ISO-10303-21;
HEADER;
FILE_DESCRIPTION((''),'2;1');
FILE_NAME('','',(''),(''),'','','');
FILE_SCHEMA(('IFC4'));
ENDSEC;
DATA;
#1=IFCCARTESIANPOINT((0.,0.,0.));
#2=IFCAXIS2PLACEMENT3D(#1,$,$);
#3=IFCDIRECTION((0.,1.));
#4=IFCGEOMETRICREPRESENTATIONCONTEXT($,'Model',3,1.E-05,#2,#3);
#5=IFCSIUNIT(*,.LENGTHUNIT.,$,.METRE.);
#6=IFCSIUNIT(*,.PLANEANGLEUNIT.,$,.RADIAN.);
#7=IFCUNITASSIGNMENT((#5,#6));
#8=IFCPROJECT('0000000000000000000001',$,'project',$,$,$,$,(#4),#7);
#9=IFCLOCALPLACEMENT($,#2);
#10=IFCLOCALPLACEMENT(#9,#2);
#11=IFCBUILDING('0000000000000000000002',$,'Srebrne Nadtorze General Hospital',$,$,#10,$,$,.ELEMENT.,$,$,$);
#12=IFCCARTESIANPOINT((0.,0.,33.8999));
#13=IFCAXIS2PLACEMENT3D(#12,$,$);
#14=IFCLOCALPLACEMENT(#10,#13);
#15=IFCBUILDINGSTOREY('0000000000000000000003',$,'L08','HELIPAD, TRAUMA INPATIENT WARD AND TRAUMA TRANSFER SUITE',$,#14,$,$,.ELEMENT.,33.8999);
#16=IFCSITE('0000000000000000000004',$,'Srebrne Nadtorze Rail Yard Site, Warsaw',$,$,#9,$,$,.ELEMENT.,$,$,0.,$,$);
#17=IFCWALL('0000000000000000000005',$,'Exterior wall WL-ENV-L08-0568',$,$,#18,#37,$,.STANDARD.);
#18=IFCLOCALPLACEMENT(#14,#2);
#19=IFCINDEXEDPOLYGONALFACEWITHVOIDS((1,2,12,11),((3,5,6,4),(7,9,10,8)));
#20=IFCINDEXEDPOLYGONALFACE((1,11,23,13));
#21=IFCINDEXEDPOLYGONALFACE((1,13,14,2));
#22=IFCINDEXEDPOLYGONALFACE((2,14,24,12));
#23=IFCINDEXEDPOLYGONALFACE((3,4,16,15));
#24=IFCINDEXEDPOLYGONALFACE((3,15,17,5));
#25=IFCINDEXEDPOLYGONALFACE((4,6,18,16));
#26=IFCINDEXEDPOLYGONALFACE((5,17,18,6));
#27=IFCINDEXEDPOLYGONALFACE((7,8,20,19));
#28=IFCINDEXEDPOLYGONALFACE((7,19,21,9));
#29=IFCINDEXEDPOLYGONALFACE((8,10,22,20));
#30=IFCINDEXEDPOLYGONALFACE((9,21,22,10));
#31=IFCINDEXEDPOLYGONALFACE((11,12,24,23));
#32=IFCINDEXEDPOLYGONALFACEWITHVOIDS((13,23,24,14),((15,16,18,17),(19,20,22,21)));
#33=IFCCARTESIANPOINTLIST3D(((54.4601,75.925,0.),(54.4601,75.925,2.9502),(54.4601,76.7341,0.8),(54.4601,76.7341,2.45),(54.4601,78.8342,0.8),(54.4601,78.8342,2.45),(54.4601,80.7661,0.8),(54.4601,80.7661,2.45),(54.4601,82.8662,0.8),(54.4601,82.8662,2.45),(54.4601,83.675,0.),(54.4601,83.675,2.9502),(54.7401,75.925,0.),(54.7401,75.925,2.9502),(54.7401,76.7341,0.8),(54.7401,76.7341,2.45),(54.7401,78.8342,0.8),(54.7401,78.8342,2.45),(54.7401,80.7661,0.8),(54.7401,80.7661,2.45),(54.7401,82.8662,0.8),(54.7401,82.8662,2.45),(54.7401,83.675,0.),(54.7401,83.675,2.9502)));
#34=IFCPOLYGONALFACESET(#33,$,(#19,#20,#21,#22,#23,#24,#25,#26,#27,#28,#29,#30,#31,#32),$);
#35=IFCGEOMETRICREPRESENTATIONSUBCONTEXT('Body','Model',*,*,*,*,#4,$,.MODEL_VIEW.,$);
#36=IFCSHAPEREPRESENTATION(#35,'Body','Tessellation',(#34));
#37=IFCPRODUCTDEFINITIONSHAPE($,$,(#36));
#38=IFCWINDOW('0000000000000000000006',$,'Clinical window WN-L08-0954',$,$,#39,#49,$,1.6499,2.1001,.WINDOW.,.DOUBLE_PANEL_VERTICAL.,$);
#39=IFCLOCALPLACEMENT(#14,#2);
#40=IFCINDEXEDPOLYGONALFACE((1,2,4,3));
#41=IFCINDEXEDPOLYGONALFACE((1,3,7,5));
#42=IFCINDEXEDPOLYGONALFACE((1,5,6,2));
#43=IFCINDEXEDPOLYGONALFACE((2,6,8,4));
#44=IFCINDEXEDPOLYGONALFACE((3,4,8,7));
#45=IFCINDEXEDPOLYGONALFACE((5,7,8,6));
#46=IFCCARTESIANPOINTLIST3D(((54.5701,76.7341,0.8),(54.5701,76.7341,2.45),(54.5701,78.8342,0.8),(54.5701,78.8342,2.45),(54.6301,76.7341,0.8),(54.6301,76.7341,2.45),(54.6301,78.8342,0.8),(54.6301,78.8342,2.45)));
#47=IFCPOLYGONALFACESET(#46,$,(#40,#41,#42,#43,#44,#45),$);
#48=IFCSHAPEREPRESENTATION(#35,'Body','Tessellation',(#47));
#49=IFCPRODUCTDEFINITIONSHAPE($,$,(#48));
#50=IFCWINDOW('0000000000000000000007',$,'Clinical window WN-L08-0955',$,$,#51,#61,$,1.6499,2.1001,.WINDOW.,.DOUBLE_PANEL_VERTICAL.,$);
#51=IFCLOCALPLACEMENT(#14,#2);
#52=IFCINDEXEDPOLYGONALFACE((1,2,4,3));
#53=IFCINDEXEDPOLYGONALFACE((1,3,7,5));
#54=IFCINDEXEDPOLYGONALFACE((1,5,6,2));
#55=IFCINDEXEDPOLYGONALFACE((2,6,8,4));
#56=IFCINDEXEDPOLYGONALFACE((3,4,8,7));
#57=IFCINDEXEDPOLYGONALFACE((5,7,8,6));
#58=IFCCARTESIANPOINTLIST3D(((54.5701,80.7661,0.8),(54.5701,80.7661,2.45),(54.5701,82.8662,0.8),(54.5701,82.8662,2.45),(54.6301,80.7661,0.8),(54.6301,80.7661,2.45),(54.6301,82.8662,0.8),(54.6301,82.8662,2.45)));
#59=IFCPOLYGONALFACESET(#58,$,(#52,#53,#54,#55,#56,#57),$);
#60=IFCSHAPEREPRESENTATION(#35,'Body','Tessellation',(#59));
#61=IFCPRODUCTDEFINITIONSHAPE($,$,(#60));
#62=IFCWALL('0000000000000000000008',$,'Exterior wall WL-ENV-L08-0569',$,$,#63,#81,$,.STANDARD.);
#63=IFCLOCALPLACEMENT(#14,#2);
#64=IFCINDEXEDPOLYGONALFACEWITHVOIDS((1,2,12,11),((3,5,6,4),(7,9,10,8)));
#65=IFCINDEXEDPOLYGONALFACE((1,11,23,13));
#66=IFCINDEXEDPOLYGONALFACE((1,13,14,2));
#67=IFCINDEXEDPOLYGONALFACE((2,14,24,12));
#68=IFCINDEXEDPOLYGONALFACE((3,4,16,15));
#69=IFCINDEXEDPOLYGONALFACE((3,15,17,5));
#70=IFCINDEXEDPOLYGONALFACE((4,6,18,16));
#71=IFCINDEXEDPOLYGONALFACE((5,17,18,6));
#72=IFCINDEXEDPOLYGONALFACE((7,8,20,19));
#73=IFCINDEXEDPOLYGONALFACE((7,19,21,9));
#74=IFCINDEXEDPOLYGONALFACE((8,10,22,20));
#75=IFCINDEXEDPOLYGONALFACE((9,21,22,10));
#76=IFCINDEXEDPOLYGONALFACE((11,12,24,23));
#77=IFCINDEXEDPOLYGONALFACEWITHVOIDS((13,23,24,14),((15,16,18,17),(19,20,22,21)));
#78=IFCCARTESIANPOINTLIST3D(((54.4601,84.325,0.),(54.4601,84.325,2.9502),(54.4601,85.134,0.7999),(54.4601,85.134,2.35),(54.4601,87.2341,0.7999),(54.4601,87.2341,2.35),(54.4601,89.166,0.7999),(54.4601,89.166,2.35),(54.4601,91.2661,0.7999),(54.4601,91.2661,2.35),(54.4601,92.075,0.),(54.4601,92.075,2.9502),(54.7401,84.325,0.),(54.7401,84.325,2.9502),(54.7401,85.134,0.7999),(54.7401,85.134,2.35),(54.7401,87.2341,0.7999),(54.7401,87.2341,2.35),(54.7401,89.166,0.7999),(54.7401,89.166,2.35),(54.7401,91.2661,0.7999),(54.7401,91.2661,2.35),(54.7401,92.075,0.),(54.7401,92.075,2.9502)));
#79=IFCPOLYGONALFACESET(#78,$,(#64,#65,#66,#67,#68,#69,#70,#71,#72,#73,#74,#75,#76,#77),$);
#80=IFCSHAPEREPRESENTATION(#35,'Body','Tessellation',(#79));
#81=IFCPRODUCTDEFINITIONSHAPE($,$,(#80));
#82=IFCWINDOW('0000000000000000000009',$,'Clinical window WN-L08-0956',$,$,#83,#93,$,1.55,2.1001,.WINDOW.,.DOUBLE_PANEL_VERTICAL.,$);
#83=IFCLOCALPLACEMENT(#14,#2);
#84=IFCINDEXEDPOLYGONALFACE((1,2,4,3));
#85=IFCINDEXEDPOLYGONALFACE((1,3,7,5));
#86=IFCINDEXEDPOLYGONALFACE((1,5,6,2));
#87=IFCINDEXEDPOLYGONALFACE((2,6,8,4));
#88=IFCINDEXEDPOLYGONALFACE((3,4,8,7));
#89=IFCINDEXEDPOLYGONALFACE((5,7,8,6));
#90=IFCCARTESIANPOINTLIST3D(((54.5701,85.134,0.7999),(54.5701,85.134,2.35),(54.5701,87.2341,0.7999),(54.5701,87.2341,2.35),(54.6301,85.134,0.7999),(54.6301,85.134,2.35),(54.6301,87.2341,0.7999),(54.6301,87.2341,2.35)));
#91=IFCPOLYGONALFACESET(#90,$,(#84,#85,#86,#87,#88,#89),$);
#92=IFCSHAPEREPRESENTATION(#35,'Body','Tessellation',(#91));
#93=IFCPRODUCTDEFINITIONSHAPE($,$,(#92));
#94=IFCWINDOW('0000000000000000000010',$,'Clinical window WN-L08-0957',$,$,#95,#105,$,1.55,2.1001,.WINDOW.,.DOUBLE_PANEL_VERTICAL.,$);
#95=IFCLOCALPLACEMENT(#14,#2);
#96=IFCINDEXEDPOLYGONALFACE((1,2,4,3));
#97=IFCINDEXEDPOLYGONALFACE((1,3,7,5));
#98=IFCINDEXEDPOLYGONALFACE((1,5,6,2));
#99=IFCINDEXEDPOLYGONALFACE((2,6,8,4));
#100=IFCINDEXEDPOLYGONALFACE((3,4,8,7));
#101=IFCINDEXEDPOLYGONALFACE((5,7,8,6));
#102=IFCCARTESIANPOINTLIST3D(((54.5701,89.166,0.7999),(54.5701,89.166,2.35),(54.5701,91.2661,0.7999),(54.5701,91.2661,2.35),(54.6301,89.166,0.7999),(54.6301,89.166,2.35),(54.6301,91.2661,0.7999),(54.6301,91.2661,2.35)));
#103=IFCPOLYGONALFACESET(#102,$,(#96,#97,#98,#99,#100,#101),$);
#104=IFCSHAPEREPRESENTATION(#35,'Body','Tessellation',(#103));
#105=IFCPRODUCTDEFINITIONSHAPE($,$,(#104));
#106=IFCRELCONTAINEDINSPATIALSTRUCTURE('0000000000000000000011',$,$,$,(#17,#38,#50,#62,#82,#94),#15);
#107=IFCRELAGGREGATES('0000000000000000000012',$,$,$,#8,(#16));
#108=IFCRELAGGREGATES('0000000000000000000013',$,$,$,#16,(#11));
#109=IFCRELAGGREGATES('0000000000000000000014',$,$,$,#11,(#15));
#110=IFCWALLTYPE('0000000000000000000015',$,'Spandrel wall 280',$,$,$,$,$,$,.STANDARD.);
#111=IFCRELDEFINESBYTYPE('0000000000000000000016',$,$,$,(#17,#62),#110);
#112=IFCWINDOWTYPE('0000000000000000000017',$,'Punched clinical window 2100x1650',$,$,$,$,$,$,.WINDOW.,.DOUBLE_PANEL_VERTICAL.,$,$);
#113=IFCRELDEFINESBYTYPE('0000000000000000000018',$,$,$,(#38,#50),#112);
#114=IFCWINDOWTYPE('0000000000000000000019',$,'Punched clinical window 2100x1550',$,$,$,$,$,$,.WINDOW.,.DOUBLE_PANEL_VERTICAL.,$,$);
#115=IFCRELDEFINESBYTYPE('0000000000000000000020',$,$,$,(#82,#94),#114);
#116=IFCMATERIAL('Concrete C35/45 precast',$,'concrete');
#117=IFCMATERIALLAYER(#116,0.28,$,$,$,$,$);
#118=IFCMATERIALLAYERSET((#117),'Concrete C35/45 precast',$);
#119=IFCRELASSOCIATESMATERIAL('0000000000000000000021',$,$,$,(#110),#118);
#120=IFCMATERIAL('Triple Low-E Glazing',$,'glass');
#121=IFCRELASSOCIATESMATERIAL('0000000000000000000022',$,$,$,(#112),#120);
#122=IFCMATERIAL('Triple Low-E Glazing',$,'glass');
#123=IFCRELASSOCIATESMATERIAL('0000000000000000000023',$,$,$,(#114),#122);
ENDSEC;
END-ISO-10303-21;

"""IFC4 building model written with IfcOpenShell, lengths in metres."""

from ifc_helpers import new_model, si_unit, direction, frame, frame_2d, origin, place, context, subcontext, project, spatial, rectangle, extrude, material, layer, layer_set, type_object, element, fill, save


model = new_model("IFC4")

# Units and contexts
model_context = context("Model", 3, precision=1e-05, world=origin(), true_north=direction((0.0, 1.0)))
body_context = subcontext(model_context, "Body", "Model", "MODEL_VIEW")
ifc_project = project(units=[si_unit("LENGTHUNIT", "METRE"), si_unit("PLANEANGLEUNIT", "RADIAN")], contexts=[model_context])

# Site, building, storey
site_placement = place(None, origin())
site = spatial("IfcSite", under=ifc_project, at=site_placement, Name="Srebrne Nadtorze Rail Yard Site, Warsaw", CompositionType="ELEMENT", RefElevation=0.0)
building_placement = place(site_placement, origin())
building = spatial("IfcBuilding", under=site, at=building_placement, Name="Srebrne Nadtorze General Hospital", CompositionType="ELEMENT")
storey_placement = place(building_placement, frame((0.0, 0.0, 33.8999)))
storey = spatial("IfcBuildingStorey", under=building, at=storey_placement, Name="L08", Description="HELIPAD, TRAUMA INPATIENT WARD AND TRAUMA TRANSFER SUITE", CompositionType="ELEMENT", Elevation=33.8999)

# Walls, openings, windows
ifc_material_1 = material(Name="Concrete C35/45 precast", Category="concrete")
ifc_layer_1 = layer(ifc_material_1, 0.28)
ifc_layer_set_1 = layer_set([ifc_layer_1], Name="Concrete C35/45 precast")
wall_type = type_object("IfcWallType", Name="Spandrel wall 280", PredefinedType="STANDARD", material=ifc_layer_set_1)
wall_1_placement = place(storey_placement, frame((54.6001, 75.925, 0.0), z_axis=(0.0, 0.0, 1.0), x_axis=(0.0, 1.0, 0.0)))
wall_1 = element("IfcWall", 1, at=wall_1_placement, inside=storey, type_object=wall_type, Name="Exterior wall WL-ENV-L08-0568", PredefinedType="STANDARD", context=body_context, shape_type="SweptSolid", body=[
    extrude(rectangle(XDim=7.75, YDim=0.28, at=frame_2d((3.875, 0.0))), origin(), (0.0, 0.0, 1.0), 2.9502),
])
opening_1_placement = place(wall_1_placement, frame((0.8091, 0.0, 0.8)))
opening_1 = element("IfcOpeningElement", 2, at=opening_1_placement, cuts=wall_1, PredefinedType="OPENING", context=body_context, shape_type="SweptSolid", body=[
    extrude(rectangle(XDim=2.1001, YDim=1.6499, at=frame_2d((1.05, 0.825))), frame((0.0, 0.1519, 0.0), z_axis=(0.0, -1.0, 0.0), x_axis=(1.0, 0.0, 0.0)), (0.0, 0.0, 1.0), 0.304),
])
opening_2_placement = place(wall_1_placement, frame((4.8411, 0.0, 0.8)))
opening_2 = element("IfcOpeningElement", 3, at=opening_2_placement, cuts=wall_1, PredefinedType="OPENING", context=body_context, shape_type="SweptSolid", body=[
    extrude(rectangle(XDim=2.1001, YDim=1.6499, at=frame_2d((1.05, 0.825))), frame((0.0, 0.1519, 0.0), z_axis=(0.0, -1.0, 0.0), x_axis=(1.0, 0.0, 0.0)), (0.0, 0.0, 1.0), 0.304),
])
ifc_material_2 = material(Name="Triple Low-E Glazing", Category="glass")
window_type_1 = type_object("IfcWindowType", Name="Punched clinical window 2100x1650", PartitioningType="DOUBLE_PANEL_VERTICAL", PredefinedType="WINDOW", material=ifc_material_2)
window_1_placement = place(opening_1_placement, origin())
window_1 = element("IfcWindow", 4, at=window_1_placement, inside=storey, type_object=window_type_1, Name="Clinical window WN-L08-0954", OverallHeight=1.6499, OverallWidth=2.1001, PartitioningType="DOUBLE_PANEL_VERTICAL", PredefinedType="WINDOW", context=body_context, shape_type="SweptSolid", body=[
    extrude(rectangle(XDim=2.1001, YDim=1.6499, at=frame_2d((1.05, 0.825))), frame((0.0, 0.03, 0.0), z_axis=(0.0, -1.0, 0.0), x_axis=(1.0, 0.0, 0.0)), (0.0, 0.0, 1.0), 0.0601),
])
fill(opening_1, window_1)
window_2_placement = place(opening_2_placement, origin())
window_2 = element("IfcWindow", 5, at=window_2_placement, inside=storey, type_object=window_type_1, Name="Clinical window WN-L08-0955", OverallHeight=1.6499, OverallWidth=2.1001, PartitioningType="DOUBLE_PANEL_VERTICAL", PredefinedType="WINDOW", context=body_context, shape_type="SweptSolid", body=[
    extrude(rectangle(XDim=2.1001, YDim=1.6499, at=frame_2d((1.05, 0.825))), frame((0.0, 0.03, 0.0), z_axis=(0.0, -1.0, 0.0), x_axis=(1.0, 0.0, 0.0)), (0.0, 0.0, 1.0), 0.0601),
])
fill(opening_2, window_2)
wall_2_placement = place(storey_placement, frame((54.6001, 84.325, 0.0), z_axis=(0.0, 0.0, 1.0), x_axis=(0.0, 1.0, 0.0)))
wall_2 = element("IfcWall", 6, at=wall_2_placement, inside=storey, type_object=wall_type, Name="Exterior wall WL-ENV-L08-0569", PredefinedType="STANDARD", context=body_context, shape_type="SweptSolid", body=[
    extrude(rectangle(XDim=7.75, YDim=0.28, at=frame_2d((3.875, 0.0))), origin(), (0.0, 0.0, 1.0), 2.9502),
])
opening_3_placement = place(wall_2_placement, frame((0.8091, 0.0, 0.8)))
opening_3 = element("IfcOpeningElement", 7, at=opening_3_placement, cuts=wall_2, PredefinedType="OPENING", context=body_context, shape_type="SweptSolid", body=[
    extrude(rectangle(XDim=2.1001, YDim=1.55, at=frame_2d((1.05, 0.7749))), frame((0.0, 0.1519, 0.0), z_axis=(0.0, -1.0, 0.0), x_axis=(1.0, 0.0, 0.0)), (0.0, 0.0, 1.0), 0.304),
])
opening_4_placement = place(wall_2_placement, frame((4.8411, 0.0, 0.8)))
opening_4 = element("IfcOpeningElement", 8, at=opening_4_placement, cuts=wall_2, PredefinedType="OPENING", context=body_context, shape_type="SweptSolid", body=[
    extrude(rectangle(XDim=2.1001, YDim=1.55, at=frame_2d((1.05, 0.7749))), frame((0.0, 0.1519, 0.0), z_axis=(0.0, -1.0, 0.0), x_axis=(1.0, 0.0, 0.0)), (0.0, 0.0, 1.0), 0.304),
])
ifc_material_3 = material(Name="Triple Low-E Glazing", Category="glass")
window_type_2 = type_object("IfcWindowType", Name="Punched clinical window 2100x1550", PartitioningType="DOUBLE_PANEL_VERTICAL", PredefinedType="WINDOW", material=ifc_material_3)
window_3_placement = place(opening_3_placement, origin())
window_3 = element("IfcWindow", 9, at=window_3_placement, inside=storey, type_object=window_type_2, Name="Clinical window WN-L08-0956", OverallHeight=1.55, OverallWidth=2.1001, PartitioningType="DOUBLE_PANEL_VERTICAL", PredefinedType="WINDOW", context=body_context, shape_type="SweptSolid", body=[
    extrude(rectangle(XDim=2.1001, YDim=1.55, at=frame_2d((1.05, 0.7749))), frame((0.0, 0.03, 0.0), z_axis=(0.0, -1.0, 0.0), x_axis=(1.0, 0.0, 0.0)), (0.0, 0.0, 1.0), 0.0601),
])
fill(opening_3, window_3)
window_4_placement = place(opening_4_placement, origin())
window_4 = element("IfcWindow", 10, at=window_4_placement, inside=storey, type_object=window_type_2, Name="Clinical window WN-L08-0957", OverallHeight=1.55, OverallWidth=2.1001, PartitioningType="DOUBLE_PANEL_VERTICAL", PredefinedType="WINDOW", context=body_context, shape_type="SweptSolid", body=[
    extrude(rectangle(XDim=2.1001, YDim=1.55, at=frame_2d((1.05, 0.7749))), frame((0.0, 0.03, 0.0), z_axis=(0.0, -1.0, 0.0), x_axis=(1.0, 0.0, 0.0)), (0.0, 0.0, 1.0), 0.0601),
])
fill(opening_4, window_4)

save(model, "model.ifc")
